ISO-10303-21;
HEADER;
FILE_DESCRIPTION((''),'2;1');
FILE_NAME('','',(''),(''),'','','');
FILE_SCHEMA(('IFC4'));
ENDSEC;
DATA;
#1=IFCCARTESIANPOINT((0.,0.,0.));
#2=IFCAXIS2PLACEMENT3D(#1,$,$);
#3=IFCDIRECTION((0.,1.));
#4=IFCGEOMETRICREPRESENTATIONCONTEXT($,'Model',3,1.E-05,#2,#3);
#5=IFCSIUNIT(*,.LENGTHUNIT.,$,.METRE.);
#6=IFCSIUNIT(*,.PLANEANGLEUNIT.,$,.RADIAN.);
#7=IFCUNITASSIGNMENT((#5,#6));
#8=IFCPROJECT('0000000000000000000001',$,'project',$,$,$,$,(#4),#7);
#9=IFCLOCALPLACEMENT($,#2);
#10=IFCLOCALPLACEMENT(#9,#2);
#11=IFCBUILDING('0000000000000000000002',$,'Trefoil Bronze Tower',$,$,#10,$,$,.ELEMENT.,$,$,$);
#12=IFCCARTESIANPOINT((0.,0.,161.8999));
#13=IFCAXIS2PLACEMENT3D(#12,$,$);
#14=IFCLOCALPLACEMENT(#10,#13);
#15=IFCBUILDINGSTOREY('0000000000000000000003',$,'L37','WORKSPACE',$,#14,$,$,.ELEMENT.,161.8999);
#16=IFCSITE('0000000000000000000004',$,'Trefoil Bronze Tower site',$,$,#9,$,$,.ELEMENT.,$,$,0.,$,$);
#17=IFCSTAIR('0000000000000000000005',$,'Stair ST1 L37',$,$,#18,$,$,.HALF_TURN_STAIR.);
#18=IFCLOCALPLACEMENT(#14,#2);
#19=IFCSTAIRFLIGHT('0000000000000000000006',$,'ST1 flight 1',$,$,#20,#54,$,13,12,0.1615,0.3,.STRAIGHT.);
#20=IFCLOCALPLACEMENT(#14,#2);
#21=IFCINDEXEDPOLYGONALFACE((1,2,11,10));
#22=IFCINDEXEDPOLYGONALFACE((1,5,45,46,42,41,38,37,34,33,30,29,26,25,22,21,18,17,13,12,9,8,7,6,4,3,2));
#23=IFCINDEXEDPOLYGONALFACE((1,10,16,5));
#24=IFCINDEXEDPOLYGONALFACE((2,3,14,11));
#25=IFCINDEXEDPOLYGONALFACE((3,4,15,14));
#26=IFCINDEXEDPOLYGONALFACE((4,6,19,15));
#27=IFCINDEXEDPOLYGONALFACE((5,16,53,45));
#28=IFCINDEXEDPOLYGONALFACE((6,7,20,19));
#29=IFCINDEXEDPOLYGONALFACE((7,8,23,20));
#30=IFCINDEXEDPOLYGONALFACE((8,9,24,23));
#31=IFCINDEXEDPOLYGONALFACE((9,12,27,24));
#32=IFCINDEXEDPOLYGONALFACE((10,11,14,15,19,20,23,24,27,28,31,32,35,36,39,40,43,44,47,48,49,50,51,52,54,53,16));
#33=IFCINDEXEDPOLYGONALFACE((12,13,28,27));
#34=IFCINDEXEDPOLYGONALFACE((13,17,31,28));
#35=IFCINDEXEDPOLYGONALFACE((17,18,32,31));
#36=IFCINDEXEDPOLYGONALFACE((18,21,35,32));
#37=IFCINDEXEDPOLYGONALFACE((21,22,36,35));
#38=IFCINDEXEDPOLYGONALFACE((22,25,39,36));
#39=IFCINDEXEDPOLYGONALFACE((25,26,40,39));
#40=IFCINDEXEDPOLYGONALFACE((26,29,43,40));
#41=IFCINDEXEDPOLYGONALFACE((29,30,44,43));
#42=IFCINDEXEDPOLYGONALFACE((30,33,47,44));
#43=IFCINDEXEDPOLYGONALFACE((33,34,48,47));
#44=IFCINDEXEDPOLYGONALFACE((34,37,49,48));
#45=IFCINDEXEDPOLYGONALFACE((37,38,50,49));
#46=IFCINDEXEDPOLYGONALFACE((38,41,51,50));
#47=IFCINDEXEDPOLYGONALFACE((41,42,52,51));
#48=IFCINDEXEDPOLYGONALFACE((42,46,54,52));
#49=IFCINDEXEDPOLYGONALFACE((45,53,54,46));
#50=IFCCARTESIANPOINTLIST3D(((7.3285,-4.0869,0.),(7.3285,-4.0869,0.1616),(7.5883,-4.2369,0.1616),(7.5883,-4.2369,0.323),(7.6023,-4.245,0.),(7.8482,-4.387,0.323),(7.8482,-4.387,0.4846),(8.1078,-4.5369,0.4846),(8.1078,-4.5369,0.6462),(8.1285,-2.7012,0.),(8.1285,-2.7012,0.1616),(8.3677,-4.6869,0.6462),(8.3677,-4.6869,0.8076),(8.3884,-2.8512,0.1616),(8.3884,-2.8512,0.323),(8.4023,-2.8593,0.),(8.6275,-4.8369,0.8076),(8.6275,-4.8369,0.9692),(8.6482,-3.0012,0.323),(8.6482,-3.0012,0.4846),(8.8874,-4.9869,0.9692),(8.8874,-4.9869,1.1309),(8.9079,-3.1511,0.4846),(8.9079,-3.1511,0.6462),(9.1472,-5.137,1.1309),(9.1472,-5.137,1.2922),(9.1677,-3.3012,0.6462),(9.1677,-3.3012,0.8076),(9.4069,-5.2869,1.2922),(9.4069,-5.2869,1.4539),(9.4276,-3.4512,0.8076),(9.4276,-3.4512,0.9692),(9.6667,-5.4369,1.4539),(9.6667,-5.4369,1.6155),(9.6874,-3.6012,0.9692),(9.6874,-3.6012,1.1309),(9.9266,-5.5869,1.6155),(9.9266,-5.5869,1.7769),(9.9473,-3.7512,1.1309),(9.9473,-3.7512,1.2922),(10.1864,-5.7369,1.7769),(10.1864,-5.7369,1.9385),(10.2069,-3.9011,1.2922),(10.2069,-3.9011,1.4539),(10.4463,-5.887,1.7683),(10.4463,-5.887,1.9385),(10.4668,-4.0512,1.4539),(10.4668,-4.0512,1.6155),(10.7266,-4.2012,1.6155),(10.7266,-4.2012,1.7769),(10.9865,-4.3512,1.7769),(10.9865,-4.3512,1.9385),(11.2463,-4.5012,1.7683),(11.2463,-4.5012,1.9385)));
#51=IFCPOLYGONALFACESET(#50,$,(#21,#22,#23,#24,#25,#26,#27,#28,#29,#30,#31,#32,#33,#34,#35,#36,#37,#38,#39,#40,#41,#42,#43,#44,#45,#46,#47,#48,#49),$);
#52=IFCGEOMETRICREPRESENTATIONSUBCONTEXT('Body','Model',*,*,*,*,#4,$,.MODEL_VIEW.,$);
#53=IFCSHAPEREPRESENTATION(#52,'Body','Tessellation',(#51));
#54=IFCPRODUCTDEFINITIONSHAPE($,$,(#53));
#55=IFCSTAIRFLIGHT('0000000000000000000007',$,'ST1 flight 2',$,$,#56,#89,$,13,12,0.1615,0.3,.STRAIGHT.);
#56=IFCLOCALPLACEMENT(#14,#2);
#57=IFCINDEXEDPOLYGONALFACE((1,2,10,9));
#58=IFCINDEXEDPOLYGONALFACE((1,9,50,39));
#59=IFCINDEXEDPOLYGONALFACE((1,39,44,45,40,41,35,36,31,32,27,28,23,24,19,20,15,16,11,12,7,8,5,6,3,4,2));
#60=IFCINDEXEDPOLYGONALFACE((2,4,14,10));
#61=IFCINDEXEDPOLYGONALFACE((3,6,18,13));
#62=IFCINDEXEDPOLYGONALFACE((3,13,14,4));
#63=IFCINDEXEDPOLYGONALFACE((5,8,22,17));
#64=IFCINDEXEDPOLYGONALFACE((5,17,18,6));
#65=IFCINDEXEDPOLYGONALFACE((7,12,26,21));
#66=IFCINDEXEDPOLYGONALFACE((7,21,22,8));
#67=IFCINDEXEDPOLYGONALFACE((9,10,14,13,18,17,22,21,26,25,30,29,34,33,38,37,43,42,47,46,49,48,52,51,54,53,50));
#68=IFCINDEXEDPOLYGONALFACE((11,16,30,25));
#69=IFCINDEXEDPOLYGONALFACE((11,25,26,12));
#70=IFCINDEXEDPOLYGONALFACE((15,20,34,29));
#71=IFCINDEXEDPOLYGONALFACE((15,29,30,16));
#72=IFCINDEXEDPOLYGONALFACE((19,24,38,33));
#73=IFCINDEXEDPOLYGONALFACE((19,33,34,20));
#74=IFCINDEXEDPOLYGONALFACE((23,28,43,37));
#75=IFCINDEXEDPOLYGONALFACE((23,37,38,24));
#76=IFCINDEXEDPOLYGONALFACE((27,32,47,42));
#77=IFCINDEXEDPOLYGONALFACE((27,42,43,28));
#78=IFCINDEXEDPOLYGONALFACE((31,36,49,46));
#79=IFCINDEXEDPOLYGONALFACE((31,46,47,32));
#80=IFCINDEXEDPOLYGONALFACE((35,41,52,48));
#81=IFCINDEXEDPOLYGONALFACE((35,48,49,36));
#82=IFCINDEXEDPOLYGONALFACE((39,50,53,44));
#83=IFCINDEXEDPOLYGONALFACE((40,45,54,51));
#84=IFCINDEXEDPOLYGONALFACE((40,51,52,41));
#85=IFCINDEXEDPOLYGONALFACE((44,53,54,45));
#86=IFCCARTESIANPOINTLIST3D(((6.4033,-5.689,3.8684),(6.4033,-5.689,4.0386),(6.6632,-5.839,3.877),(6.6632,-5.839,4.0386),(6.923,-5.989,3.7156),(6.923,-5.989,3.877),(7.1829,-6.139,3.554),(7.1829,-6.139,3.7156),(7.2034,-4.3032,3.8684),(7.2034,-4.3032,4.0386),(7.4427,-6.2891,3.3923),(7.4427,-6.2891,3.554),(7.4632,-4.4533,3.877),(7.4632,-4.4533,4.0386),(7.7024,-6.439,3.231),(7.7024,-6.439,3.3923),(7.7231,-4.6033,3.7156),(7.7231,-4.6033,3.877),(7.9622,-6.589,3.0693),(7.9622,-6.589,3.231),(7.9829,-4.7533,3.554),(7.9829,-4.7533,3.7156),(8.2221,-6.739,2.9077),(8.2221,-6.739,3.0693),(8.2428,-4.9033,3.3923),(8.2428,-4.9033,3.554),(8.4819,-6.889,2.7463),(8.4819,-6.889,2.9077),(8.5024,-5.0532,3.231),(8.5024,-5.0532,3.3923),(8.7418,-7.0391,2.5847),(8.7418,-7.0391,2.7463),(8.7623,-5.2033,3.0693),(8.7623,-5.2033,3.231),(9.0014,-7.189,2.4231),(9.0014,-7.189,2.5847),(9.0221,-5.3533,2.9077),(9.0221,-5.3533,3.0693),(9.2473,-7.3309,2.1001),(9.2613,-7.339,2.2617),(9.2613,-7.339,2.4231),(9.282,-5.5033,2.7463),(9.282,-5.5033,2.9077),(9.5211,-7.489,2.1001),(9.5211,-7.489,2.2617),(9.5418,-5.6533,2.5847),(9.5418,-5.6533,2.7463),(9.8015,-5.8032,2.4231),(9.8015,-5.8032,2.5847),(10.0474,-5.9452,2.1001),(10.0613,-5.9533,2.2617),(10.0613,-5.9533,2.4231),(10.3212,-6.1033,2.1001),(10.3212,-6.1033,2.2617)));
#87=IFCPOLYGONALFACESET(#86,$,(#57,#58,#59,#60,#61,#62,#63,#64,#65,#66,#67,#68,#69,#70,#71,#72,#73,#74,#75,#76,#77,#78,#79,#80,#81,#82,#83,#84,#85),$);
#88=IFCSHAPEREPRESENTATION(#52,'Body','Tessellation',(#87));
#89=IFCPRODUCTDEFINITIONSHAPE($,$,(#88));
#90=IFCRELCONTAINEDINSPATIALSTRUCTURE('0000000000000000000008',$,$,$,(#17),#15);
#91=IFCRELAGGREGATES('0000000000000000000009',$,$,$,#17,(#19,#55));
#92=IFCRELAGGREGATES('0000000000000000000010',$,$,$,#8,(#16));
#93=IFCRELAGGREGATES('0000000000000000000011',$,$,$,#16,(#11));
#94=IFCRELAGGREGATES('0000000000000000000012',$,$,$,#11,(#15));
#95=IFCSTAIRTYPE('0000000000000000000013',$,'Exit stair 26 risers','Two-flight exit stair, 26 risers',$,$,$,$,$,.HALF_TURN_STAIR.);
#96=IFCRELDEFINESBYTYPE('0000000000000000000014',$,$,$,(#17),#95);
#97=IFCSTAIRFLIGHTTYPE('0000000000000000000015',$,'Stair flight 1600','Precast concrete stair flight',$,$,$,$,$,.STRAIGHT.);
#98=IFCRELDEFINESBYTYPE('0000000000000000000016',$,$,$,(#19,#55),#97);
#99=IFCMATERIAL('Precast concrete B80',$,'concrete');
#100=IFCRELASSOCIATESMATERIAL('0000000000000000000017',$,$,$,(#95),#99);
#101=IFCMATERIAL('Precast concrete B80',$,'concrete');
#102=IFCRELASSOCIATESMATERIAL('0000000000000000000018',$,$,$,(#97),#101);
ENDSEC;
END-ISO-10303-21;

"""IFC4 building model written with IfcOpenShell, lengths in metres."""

from ifc_helpers import new_model, si_unit, direction, frame, origin, place, context, subcontext, project, spatial, polyline, outline, extrude, material, type_object, element, aggregate, save


model = new_model("IFC4")

# Units and contexts
model_context = context("Model", 3, precision=1e-05, world=origin(), true_north=direction((0.0, 1.0)))
body_context = subcontext(model_context, "Body", "Model", "MODEL_VIEW")
ifc_project = project(units=[si_unit("LENGTHUNIT", "METRE"), si_unit("PLANEANGLEUNIT", "RADIAN")], contexts=[model_context])

# Site, building, storey
site_placement = place(None, origin())
site = spatial("IfcSite", under=ifc_project, at=site_placement, Name="Trefoil Bronze Tower site", CompositionType="ELEMENT", RefElevation=0.0)
building_placement = place(site_placement, origin())
building = spatial("IfcBuilding", under=site, at=building_placement, Name="Trefoil Bronze Tower", CompositionType="ELEMENT")
storey_placement = place(building_placement, frame((0.0, 0.0, 161.8999)))
storey = spatial("IfcBuildingStorey", under=building, at=storey_placement, Name="L37", Description="WORKSPACE", CompositionType="ELEMENT", Elevation=161.8999)

# Stair, stair flights
ifc_material_1 = material(Name="Precast concrete B80", Category="concrete")
stair_type = type_object("IfcStairType", Name="Exit stair 26 risers", Description="Two-flight exit stair, 26 risers", PredefinedType="HALF_TURN_STAIR", material=ifc_material_1)
stair_placement = place(storey_placement, origin())
stair = element("IfcStair", 1, at=stair_placement, inside=storey, type_object=stair_type, Name="Stair ST1 L37", PredefinedType="HALF_TURN_STAIR")
ifc_material_2 = material(Name="Precast concrete B80", Category="concrete")
stair_flight_type = type_object("IfcStairFlightType", Name="Stair flight 1600", Description="Precast concrete stair flight", PredefinedType="STRAIGHT", material=ifc_material_2)
stair_flight_1_placement = place(storey_placement, frame((7.7285, -3.394, 0.0), z_axis=(0.0, 0.0, 1.0), x_axis=(0.866025, -0.5, 0.0)))
stair_flight_1 = element("IfcStairFlight", 2, at=stair_flight_1_placement, type_object=stair_flight_type, Name="ST1 flight 1", NumberOfRisers=13, NumberOfTreads=12, PredefinedType="STRAIGHT", RiserHeight=0.1615, TreadLength=0.3, context=body_context, shape_type="SweptSolid", body=[
    extrude(outline(polyline([(0.0, 0.0), (0.0, 0.1616), (0.3, 0.1616), (0.3, 0.323), (0.6001, 0.323), (0.6001, 0.4846), (0.8999, 0.4846), (0.8999, 0.6462), (1.2, 0.6462), (1.2, 0.8076), (1.5, 0.8076), (1.5, 0.9692), (1.8, 0.9692), (1.8, 1.1309), (2.1001, 1.1309), (2.1001, 1.2922), (2.3999, 1.2922), (2.3999, 1.4539), (2.7, 1.4539), (2.7, 1.6155), (3.0, 1.6155), (3.0, 1.7769), (3.3, 1.7769), (3.3, 1.9385), (3.6001, 1.9385), (3.6001, 2.1001), (3.6001, 1.7683), (0.3162, 0.0), (0.0, 0.0)])), frame((0.0, 0.8, 0.0), z_axis=(0.0, -1.0, 0.0), x_axis=(1.0, 0.0, 0.0)), (0.0, 0.0, 1.0), 1.6001),
])
stair_flight_2_placement = place(storey_placement, frame((9.9211, -6.7961, 2.1001), z_axis=(0.0, 0.0, 1.0), x_axis=(-0.866025, 0.5, 0.0)))
stair_flight_2 = element("IfcStairFlight", 3, at=stair_flight_2_placement, type_object=stair_flight_type, Name="ST1 flight 2", NumberOfRisers=13, NumberOfTreads=12, PredefinedType="STRAIGHT", RiserHeight=0.1615, TreadLength=0.3, context=body_context, shape_type="SweptSolid", body=[
    extrude(outline(polyline([(0.0, 0.0), (0.0, 0.1616), (0.3, 0.1616), (0.3, 0.323), (0.6001, 0.323), (0.6001, 0.4846), (0.8999, 0.4846), (0.8999, 0.6462), (1.2, 0.6462), (1.2, 0.8076), (1.5, 0.8076), (1.5, 0.9692), (1.8, 0.9692), (1.8, 1.1309), (2.1001, 1.1309), (2.1001, 1.2922), (2.3999, 1.2922), (2.3999, 1.4539), (2.7, 1.4539), (2.7, 1.6155), (3.0, 1.6155), (3.0, 1.7769), (3.3, 1.7769), (3.3, 1.9385), (3.6001, 1.9385), (3.6001, 2.1001), (3.6001, 1.7683), (0.3162, 0.0), (0.0, 0.0)])), frame((0.0, 0.8, 0.0), z_axis=(0.0, -1.0, 0.0), x_axis=(1.0, 0.0, 0.0)), (0.0, 0.0, 1.0), 1.6001),
])
aggregate(stair, [stair_flight_1, stair_flight_2])

save(model, "model.ifc")
